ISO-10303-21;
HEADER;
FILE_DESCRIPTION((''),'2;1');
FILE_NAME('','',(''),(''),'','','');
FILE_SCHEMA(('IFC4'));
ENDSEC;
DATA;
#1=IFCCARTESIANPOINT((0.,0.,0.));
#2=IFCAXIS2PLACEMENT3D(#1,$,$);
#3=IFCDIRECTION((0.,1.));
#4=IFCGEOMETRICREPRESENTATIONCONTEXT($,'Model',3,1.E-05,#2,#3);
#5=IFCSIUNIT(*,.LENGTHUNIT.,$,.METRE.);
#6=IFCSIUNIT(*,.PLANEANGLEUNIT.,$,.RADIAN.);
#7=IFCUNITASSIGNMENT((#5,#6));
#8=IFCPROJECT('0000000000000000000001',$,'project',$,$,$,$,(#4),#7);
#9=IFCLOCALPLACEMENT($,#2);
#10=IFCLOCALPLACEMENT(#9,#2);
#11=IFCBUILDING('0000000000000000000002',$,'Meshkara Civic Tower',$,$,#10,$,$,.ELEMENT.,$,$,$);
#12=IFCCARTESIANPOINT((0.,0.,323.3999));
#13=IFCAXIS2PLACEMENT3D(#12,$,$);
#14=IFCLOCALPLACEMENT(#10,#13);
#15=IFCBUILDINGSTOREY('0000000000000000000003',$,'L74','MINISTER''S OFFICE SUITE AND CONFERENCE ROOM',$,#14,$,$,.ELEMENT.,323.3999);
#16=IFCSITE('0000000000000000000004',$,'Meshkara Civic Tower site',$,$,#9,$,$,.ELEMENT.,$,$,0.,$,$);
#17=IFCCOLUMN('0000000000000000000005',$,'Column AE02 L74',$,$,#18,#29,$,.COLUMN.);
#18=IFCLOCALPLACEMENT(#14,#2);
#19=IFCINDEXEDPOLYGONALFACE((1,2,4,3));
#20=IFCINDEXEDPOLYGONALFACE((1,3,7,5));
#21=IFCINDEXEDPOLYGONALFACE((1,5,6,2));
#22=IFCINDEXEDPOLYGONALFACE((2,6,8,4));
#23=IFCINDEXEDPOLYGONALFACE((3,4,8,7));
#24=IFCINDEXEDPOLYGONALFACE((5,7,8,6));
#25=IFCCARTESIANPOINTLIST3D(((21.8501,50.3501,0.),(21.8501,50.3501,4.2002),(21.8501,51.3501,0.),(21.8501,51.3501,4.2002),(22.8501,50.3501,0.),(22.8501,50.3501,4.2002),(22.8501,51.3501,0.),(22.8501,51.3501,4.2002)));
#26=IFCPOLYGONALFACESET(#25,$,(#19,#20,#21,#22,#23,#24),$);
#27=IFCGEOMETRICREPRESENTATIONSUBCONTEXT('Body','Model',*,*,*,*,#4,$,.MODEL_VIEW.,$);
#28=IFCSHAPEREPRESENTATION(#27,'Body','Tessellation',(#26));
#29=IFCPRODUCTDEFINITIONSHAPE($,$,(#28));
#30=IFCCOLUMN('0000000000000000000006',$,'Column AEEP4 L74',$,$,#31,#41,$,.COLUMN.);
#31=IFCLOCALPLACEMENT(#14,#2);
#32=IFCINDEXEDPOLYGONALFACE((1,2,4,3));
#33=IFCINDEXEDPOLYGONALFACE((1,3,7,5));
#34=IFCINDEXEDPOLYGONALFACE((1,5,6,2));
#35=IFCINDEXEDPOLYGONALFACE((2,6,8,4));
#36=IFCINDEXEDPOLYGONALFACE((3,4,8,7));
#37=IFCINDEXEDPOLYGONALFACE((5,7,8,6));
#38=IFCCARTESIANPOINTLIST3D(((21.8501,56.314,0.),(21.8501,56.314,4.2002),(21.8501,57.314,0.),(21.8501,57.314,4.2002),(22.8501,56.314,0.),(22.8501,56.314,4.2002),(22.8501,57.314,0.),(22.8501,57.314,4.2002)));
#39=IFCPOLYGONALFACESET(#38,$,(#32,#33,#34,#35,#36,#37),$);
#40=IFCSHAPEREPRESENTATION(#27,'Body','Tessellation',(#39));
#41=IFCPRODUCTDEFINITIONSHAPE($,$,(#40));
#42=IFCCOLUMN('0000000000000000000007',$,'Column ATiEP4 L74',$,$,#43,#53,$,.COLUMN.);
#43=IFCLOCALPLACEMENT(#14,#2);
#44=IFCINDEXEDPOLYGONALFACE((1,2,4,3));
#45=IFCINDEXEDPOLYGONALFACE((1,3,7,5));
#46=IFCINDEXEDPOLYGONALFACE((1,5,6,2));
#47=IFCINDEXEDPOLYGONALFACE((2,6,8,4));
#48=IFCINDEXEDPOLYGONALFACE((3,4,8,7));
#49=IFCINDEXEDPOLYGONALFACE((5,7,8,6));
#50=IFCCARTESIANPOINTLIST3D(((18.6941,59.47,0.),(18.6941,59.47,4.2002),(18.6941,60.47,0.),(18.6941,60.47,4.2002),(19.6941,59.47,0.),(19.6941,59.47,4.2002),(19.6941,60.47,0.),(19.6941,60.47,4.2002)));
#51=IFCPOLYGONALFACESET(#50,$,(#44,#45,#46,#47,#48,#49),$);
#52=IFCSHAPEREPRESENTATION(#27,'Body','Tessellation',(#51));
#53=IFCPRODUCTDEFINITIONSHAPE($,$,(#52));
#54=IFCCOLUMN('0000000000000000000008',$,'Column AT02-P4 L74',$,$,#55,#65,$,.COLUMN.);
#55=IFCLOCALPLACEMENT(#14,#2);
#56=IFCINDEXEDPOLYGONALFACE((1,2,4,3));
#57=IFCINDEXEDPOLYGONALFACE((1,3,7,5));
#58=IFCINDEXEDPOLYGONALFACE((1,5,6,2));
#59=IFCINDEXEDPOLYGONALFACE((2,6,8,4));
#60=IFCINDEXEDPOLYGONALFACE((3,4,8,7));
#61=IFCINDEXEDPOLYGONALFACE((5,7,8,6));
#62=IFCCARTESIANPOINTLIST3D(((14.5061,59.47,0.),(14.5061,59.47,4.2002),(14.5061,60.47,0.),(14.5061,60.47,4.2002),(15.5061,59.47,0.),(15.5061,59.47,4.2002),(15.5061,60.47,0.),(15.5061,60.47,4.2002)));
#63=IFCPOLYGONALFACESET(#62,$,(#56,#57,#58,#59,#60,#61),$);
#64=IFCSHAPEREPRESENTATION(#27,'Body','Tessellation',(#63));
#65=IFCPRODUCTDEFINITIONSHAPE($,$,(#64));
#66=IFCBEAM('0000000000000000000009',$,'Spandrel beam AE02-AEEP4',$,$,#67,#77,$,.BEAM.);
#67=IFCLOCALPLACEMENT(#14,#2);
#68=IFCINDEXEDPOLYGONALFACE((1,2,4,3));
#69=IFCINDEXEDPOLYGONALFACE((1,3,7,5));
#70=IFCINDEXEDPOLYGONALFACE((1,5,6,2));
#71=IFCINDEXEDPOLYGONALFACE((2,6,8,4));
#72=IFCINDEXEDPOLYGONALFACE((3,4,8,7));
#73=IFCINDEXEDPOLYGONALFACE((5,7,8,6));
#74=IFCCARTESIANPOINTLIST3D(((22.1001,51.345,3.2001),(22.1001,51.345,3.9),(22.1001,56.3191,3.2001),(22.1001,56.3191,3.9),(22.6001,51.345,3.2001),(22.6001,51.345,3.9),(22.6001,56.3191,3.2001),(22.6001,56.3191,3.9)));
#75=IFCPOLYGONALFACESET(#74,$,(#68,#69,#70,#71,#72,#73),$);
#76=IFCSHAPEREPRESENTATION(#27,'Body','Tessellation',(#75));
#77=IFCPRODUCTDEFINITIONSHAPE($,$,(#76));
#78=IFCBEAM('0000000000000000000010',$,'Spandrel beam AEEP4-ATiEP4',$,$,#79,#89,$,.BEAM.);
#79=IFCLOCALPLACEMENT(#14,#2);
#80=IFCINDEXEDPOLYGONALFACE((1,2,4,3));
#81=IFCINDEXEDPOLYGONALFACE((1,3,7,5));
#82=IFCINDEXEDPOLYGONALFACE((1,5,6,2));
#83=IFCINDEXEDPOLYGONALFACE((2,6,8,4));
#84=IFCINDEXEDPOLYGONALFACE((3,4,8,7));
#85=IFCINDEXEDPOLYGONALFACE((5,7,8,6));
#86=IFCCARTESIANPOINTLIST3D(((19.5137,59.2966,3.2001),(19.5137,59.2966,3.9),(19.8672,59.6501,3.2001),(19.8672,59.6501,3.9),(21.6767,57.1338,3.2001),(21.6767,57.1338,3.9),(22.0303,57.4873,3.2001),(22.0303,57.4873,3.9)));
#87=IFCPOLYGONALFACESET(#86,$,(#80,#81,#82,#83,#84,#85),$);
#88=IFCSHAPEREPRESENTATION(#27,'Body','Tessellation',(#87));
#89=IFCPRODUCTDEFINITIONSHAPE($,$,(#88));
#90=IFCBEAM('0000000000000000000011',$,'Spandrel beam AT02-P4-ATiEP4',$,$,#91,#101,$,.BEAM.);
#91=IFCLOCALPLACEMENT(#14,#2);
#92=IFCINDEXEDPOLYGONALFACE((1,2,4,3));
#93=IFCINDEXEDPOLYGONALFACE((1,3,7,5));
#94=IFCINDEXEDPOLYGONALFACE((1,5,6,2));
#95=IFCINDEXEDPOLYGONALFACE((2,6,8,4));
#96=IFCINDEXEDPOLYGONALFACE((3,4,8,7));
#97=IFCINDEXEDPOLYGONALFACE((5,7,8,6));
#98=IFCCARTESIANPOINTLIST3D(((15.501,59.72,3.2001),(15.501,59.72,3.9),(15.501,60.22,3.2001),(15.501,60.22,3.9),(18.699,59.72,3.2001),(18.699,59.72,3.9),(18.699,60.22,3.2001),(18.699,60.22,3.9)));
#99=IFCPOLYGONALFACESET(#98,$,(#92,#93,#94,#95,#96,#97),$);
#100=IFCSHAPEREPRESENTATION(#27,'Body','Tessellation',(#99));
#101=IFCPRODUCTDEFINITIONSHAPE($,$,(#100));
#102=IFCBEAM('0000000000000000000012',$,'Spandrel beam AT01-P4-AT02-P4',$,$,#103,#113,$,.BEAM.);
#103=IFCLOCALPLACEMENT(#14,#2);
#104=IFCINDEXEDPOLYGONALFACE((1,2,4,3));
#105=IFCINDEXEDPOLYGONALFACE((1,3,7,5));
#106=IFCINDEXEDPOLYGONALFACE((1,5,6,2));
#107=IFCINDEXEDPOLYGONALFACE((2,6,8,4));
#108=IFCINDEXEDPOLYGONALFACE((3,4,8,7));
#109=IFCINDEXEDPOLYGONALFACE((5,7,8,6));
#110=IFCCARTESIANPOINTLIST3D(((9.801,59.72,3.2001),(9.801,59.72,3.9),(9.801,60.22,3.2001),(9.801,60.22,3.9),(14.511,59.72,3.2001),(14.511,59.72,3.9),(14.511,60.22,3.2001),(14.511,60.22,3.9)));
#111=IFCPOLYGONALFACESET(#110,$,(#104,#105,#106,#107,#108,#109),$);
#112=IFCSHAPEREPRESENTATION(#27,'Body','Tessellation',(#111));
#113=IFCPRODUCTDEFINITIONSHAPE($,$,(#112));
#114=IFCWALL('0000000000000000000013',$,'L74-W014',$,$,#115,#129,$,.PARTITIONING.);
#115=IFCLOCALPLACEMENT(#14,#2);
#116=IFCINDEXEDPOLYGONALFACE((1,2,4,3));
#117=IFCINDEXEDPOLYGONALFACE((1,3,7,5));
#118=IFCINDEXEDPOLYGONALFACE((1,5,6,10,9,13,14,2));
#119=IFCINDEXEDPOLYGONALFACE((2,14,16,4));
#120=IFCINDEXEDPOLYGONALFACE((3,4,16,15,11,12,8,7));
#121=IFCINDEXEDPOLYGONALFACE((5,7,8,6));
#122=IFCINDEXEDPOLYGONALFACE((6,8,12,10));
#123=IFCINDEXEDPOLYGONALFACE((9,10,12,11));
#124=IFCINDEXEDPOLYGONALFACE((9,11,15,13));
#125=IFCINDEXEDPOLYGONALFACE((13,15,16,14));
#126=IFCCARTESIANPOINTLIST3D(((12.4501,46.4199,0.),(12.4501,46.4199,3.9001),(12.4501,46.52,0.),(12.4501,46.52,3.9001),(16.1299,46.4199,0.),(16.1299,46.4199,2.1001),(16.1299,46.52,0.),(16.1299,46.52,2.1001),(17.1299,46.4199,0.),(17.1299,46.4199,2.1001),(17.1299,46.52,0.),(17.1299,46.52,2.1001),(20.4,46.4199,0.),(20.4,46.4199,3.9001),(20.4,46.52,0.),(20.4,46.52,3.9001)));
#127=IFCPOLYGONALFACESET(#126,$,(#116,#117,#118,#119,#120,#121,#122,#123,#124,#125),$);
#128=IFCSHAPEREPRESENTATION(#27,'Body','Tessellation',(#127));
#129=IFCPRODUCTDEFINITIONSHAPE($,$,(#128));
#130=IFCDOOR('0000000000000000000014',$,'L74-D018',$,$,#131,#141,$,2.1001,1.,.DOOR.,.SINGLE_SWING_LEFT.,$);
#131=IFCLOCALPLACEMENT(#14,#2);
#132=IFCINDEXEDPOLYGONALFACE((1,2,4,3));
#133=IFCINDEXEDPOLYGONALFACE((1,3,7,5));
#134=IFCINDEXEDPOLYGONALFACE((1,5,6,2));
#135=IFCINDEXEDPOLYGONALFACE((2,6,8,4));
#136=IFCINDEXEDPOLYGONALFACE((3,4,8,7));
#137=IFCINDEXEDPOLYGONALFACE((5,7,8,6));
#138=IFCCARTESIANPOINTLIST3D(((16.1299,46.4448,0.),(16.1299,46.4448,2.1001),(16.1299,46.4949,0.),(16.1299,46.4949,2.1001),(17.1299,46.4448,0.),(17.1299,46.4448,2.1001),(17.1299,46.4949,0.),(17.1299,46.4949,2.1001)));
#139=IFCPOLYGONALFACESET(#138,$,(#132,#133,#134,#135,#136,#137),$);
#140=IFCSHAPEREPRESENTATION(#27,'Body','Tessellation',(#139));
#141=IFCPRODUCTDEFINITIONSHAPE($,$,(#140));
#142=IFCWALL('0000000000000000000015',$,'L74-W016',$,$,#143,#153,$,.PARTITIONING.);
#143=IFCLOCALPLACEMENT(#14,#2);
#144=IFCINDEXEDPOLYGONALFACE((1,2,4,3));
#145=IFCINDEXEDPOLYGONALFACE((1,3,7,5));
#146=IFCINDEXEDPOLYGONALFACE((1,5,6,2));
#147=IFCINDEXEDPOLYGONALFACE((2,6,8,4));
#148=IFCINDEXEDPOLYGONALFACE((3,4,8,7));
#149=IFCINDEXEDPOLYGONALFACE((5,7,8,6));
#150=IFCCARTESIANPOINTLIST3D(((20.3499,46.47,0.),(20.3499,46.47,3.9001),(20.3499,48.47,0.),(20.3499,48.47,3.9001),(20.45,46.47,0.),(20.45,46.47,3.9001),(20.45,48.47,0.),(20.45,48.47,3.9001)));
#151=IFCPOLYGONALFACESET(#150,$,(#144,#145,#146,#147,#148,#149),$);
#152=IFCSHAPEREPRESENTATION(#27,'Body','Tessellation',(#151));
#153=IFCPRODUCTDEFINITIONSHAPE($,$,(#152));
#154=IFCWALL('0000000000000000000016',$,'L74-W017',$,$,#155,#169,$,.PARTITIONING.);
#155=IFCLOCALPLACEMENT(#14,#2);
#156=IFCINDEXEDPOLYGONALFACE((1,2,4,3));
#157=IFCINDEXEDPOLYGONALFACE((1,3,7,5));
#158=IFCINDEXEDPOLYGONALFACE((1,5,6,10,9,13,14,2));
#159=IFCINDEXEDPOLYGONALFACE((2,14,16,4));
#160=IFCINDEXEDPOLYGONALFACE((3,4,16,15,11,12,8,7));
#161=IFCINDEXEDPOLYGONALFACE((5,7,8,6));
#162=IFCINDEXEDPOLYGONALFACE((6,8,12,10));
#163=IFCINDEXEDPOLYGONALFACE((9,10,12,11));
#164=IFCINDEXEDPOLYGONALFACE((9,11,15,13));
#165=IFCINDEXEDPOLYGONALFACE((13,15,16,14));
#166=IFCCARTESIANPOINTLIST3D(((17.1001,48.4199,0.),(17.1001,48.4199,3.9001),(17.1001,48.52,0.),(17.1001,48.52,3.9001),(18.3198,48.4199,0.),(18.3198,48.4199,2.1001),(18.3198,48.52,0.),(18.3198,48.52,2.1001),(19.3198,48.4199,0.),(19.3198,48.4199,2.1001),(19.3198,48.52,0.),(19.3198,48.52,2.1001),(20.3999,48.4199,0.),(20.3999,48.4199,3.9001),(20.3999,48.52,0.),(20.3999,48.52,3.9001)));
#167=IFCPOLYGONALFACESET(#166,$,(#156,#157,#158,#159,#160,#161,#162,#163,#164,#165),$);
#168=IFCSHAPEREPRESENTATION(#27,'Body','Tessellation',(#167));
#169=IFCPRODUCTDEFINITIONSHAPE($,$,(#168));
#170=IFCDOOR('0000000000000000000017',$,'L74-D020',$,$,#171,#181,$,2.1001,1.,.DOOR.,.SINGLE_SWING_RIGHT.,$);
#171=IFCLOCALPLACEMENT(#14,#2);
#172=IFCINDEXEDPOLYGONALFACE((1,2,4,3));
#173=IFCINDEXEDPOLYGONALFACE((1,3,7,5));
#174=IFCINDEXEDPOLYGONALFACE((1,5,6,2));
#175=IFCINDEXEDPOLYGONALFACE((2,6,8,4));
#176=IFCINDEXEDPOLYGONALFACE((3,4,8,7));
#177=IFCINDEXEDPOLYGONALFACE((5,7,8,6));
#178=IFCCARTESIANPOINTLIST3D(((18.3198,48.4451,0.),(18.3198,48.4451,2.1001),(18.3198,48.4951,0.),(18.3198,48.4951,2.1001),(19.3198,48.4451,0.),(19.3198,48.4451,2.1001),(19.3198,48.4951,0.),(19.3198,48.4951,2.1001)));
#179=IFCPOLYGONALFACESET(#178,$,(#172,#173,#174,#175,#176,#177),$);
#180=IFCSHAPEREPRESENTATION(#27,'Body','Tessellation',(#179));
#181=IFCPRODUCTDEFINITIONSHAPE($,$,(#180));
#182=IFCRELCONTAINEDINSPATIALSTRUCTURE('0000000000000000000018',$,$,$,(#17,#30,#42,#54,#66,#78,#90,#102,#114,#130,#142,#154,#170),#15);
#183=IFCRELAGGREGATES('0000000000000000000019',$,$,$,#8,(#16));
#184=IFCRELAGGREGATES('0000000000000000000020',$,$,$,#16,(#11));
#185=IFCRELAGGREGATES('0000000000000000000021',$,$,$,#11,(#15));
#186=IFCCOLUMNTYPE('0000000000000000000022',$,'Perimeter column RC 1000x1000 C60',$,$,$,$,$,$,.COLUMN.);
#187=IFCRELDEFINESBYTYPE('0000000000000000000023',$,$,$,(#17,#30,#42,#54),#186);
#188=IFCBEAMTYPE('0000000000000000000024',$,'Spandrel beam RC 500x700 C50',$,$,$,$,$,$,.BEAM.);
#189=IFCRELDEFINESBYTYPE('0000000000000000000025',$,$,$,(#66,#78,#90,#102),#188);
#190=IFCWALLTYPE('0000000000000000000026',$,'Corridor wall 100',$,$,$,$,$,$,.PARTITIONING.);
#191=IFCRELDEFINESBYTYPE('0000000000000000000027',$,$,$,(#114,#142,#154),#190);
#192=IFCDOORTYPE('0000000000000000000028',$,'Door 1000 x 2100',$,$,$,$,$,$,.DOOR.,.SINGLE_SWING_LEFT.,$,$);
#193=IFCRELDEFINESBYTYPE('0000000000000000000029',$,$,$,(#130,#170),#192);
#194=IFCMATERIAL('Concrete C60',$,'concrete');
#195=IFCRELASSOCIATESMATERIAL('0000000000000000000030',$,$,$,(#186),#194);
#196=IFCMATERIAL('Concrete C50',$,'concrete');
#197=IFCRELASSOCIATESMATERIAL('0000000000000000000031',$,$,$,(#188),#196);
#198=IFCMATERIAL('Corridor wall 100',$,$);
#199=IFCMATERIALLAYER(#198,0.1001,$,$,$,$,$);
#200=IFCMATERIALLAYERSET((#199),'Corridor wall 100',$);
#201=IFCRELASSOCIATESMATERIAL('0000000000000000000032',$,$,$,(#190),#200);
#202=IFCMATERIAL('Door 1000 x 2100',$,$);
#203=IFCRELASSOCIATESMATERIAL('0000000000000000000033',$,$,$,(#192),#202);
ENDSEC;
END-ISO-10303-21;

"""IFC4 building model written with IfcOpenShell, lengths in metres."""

from ifc_helpers import new_model, si_unit, direction, frame, frame_2d, origin, origin_2d, place, context, subcontext, project, spatial, rectangle, extrude, material, layer, layer_set, material_profile, profile_set, type_object, element, fill, save


model = new_model("IFC4")

# Units and contexts
model_context = context("Model", 3, precision=1e-05, world=origin(), true_north=direction((0.0, 1.0)))
body_context = subcontext(model_context, "Body", "Model", "MODEL_VIEW")
ifc_project = project(units=[si_unit("LENGTHUNIT", "METRE"), si_unit("PLANEANGLEUNIT", "RADIAN")], contexts=[model_context])

# Site, building, storey
site_placement = place(None, origin())
site = spatial("IfcSite", under=ifc_project, at=site_placement, Name="Meshkara Civic Tower site", CompositionType="ELEMENT", RefElevation=0.0)
building_placement = place(site_placement, origin())
building = spatial("IfcBuilding", under=site, at=building_placement, Name="Meshkara Civic Tower", CompositionType="ELEMENT")
storey_placement = place(building_placement, frame((0.0, 0.0, 323.3999)))
storey = spatial("IfcBuildingStorey", under=building, at=storey_placement, Name="L74", Description="MINISTER'S OFFICE SUITE AND CONFERENCE ROOM", CompositionType="ELEMENT", Elevation=323.3999)

# Columns
ifc_material_1 = material(Name="Concrete C60", Category="concrete")
ifc_material_profile_1 = material_profile(ifc_material_1, rectangle(XDim=1.0, YDim=1.0, at=origin_2d()))
ifc_profile_set_1 = profile_set([ifc_material_profile_1], Name="Concrete C60")
column_type = type_object("IfcColumnType", Name="Perimeter column RC 1000x1000 C60", PredefinedType="COLUMN", material=ifc_profile_set_1)
for number, where, z_axis, x_axis, name in (
    (1, (22.3501, 50.8501, 0.0), (0.0, 0.0, 1.0), (1.0, 0.0, 0.0), "Column AE02 L74"),
    (2, (22.3501, 56.814, 0.0), (0.0, 0.0, 1.0), (1.0, 0.0, 0.0), "Column AEEP4 L74"),
    (3, (19.1941, 59.97, 0.0), (0.0, 0.0, 1.0), (1.0, 0.0, 0.0), "Column ATiEP4 L74"),
    (4, (15.0061, 59.97, 0.0), (0.0, 0.0, 1.0), (1.0, 0.0, 0.0), "Column AT02-P4 L74"),
):
    element("IfcColumn", number, at=place(storey_placement, frame(where, z_axis=z_axis, x_axis=x_axis)), inside=storey, type_object=column_type, Name=name, PredefinedType="COLUMN", context=body_context, shape_type="SweptSolid", body=[
        extrude(rectangle(XDim=1.0, YDim=1.0, at=origin_2d()), origin(), (0.0, 0.0, 1.0), 4.2002),
    ])

# Beams
ifc_material_2 = material(Name="Concrete C50", Category="concrete")
ifc_material_profile_2 = material_profile(ifc_material_2, rectangle(XDim=0.5, YDim=0.7, at=origin_2d()))
ifc_profile_set_2 = profile_set([ifc_material_profile_2], Name="Concrete C50")
beam_type = type_object("IfcBeamType", Name="Spandrel beam RC 500x700 C50", PredefinedType="BEAM", material=ifc_profile_set_2)
beam_1_placement = place(storey_placement, frame((22.3501, 51.345, 3.55), z_axis=(0.0, 1.0, 0.0), x_axis=(-1.0, 0.0, 0.0)))
element("IfcBeam", 5, at=beam_1_placement, inside=storey, type_object=beam_type, Name="Spandrel beam AE02-AEEP4", PredefinedType="BEAM", context=body_context, shape_type="SweptSolid", body=[
    extrude(rectangle(XDim=0.5, YDim=0.7, at=origin_2d()), origin(), (0.0, 0.0, 1.0), 4.9741),
])
beam_2_placement = place(storey_placement, frame((21.8535, 57.3105, 3.55), z_axis=(-0.707147, 0.707067, 0.0), x_axis=(-0.707067, -0.707147, 0.0)))
element("IfcBeam", 6, at=beam_2_placement, inside=storey, type_object=beam_type, Name="Spandrel beam AEEP4-ATiEP4", PredefinedType="BEAM", context=body_context, shape_type="SweptSolid", body=[
    extrude(rectangle(XDim=0.5, YDim=0.7, at=origin_2d()), origin(), (0.0, 0.0, 1.0), 3.0588),
])
beam_3_placement = place(storey_placement, frame((18.699, 59.97, 3.55), z_axis=(-1.0, 0.0, 0.0), x_axis=(0.0, -1.0, 0.0)))
element("IfcBeam", 7, at=beam_3_placement, inside=storey, type_object=beam_type, Name="Spandrel beam AT02-P4-ATiEP4", PredefinedType="BEAM", context=body_context, shape_type="SweptSolid", body=[
    extrude(rectangle(XDim=0.5, YDim=0.7, at=origin_2d()), origin(), (0.0, 0.0, 1.0), 3.198),
])
beam_4_placement = place(storey_placement, frame((14.511, 59.97, 3.55), z_axis=(-1.0, 0.0, 0.0), x_axis=(0.0, -1.0, 0.0)))
element("IfcBeam", 8, at=beam_4_placement, inside=storey, type_object=beam_type, Name="Spandrel beam AT01-P4-AT02-P4", PredefinedType="BEAM", context=body_context, shape_type="SweptSolid", body=[
    extrude(rectangle(XDim=0.5, YDim=0.7, at=origin_2d()), origin(), (0.0, 0.0, 1.0), 4.71),
])

# Wall, opening, door
ifc_material_3 = material(Name="Corridor wall 100")
ifc_layer_1 = layer(ifc_material_3, 0.1001)
ifc_layer_set_1 = layer_set([ifc_layer_1], Name="Corridor wall 100")
wall_type_1 = type_object("IfcWallType", Name="Corridor wall 100", PredefinedType="PARTITIONING", material=ifc_layer_set_1)
wall_1_placement = place(storey_placement, frame((12.45, 46.47, 0.0), z_axis=(0.0, 0.0, 1.0), x_axis=(1.0, 0.0, 0.0)))
wall_1 = element("IfcWall", 9, at=wall_1_placement, inside=storey, type_object=wall_type_1, Name="L74-W014", PredefinedType="PARTITIONING", context=body_context, shape_type="SweptSolid", body=[
    extrude(rectangle(XDim=7.95, YDim=0.1001, at=frame_2d((3.9751, 0.0))), origin(), (0.0, 0.0, 1.0), 3.9001),
])
opening_1_placement = place(wall_1_placement, frame((3.6799, 0.0, 0.0)))
opening_1 = element("IfcOpeningElement", 10, at=opening_1_placement, cuts=wall_1, PredefinedType="OPENING", context=body_context, shape_type="SweptSolid", body=[
    extrude(rectangle(XDim=1.0, YDim=2.1001, at=frame_2d((0.5, 1.05))), frame((0.0, 0.0601, 0.0), z_axis=(0.0, -1.0, 0.0), x_axis=(1.0, 0.0, 0.0)), (0.0, 0.0, 1.0), 0.1201),
])
ifc_material_4 = material(Name="Door 1000 x 2100")
door_type_1 = type_object("IfcDoorType", Name="Door 1000 x 2100", OperationType="SINGLE_SWING_LEFT", PredefinedType="DOOR", material=ifc_material_4)
door_1_placement = place(opening_1_placement, origin())
door_1 = element("IfcDoor", 11, at=door_1_placement, inside=storey, type_object=door_type_1, Name="L74-D018", OperationType="SINGLE_SWING_LEFT", OverallHeight=2.1001, OverallWidth=1.0, PredefinedType="DOOR", context=body_context, shape_type="SweptSolid", body=[
    extrude(rectangle(XDim=1.0, YDim=2.1001, at=frame_2d((0.5, 1.05))), frame((0.0, 0.0249, 0.0), z_axis=(0.0, -1.0, 0.0), x_axis=(1.0, 0.0, 0.0)), (0.0, 0.0, 1.0), 0.05),
])
fill(opening_1, door_1)

# Wall
wall_2_placement = place(storey_placement, frame((20.3999, 46.47, 0.0), z_axis=(0.0, 0.0, 1.0), x_axis=(0.0, 1.0, 0.0)))
element("IfcWall", 12, at=wall_2_placement, inside=storey, type_object=wall_type_1, Name="L74-W016", PredefinedType="PARTITIONING", context=body_context, shape_type="SweptSolid", body=[
    extrude(rectangle(XDim=2.0, YDim=0.1001, at=frame_2d((1.0, 0.0))), origin(), (0.0, 0.0, 1.0), 3.9001),
])

# Wall, opening, door
wall_3_placement = place(storey_placement, frame((20.3999, 48.47, 0.0), z_axis=(0.0, 0.0, 1.0), x_axis=(-1.0, 0.0, 0.0)))
wall_3 = element("IfcWall", 13, at=wall_3_placement, inside=storey, type_object=wall_type_1, Name="L74-W017", PredefinedType="PARTITIONING", context=body_context, shape_type="SweptSolid", body=[
    extrude(rectangle(XDim=3.2998, YDim=0.1001, at=frame_2d((1.6499, 0.0))), origin(), (0.0, 0.0, 1.0), 3.9001),
])
opening_2_placement = place(wall_3_placement, frame((1.0801, 0.0, 0.0)))
opening_2 = element("IfcOpeningElement", 14, at=opening_2_placement, cuts=wall_3, PredefinedType="OPENING", context=body_context, shape_type="SweptSolid", body=[
    extrude(rectangle(XDim=1.0, YDim=2.1001, at=frame_2d((0.5, 1.05))), frame((0.0, 0.0601, 0.0), z_axis=(0.0, -1.0, 0.0), x_axis=(1.0, 0.0, 0.0)), (0.0, 0.0, 1.0), 0.1201),
])
door_2_placement = place(opening_2_placement, origin())
door_2 = element("IfcDoor", 15, at=door_2_placement, inside=storey, type_object=door_type_1, Name="L74-D020", OperationType="SINGLE_SWING_RIGHT", OverallHeight=2.1001, OverallWidth=1.0, PredefinedType="DOOR", context=body_context, shape_type="SweptSolid", body=[
    extrude(rectangle(XDim=1.0, YDim=2.1001, at=frame_2d((0.5, 1.05))), frame((0.0, 0.0249, 0.0), z_axis=(0.0, -1.0, 0.0), x_axis=(1.0, 0.0, 0.0)), (0.0, 0.0, 1.0), 0.05),
])
fill(opening_2, door_2)

save(model, "model.ifc")
